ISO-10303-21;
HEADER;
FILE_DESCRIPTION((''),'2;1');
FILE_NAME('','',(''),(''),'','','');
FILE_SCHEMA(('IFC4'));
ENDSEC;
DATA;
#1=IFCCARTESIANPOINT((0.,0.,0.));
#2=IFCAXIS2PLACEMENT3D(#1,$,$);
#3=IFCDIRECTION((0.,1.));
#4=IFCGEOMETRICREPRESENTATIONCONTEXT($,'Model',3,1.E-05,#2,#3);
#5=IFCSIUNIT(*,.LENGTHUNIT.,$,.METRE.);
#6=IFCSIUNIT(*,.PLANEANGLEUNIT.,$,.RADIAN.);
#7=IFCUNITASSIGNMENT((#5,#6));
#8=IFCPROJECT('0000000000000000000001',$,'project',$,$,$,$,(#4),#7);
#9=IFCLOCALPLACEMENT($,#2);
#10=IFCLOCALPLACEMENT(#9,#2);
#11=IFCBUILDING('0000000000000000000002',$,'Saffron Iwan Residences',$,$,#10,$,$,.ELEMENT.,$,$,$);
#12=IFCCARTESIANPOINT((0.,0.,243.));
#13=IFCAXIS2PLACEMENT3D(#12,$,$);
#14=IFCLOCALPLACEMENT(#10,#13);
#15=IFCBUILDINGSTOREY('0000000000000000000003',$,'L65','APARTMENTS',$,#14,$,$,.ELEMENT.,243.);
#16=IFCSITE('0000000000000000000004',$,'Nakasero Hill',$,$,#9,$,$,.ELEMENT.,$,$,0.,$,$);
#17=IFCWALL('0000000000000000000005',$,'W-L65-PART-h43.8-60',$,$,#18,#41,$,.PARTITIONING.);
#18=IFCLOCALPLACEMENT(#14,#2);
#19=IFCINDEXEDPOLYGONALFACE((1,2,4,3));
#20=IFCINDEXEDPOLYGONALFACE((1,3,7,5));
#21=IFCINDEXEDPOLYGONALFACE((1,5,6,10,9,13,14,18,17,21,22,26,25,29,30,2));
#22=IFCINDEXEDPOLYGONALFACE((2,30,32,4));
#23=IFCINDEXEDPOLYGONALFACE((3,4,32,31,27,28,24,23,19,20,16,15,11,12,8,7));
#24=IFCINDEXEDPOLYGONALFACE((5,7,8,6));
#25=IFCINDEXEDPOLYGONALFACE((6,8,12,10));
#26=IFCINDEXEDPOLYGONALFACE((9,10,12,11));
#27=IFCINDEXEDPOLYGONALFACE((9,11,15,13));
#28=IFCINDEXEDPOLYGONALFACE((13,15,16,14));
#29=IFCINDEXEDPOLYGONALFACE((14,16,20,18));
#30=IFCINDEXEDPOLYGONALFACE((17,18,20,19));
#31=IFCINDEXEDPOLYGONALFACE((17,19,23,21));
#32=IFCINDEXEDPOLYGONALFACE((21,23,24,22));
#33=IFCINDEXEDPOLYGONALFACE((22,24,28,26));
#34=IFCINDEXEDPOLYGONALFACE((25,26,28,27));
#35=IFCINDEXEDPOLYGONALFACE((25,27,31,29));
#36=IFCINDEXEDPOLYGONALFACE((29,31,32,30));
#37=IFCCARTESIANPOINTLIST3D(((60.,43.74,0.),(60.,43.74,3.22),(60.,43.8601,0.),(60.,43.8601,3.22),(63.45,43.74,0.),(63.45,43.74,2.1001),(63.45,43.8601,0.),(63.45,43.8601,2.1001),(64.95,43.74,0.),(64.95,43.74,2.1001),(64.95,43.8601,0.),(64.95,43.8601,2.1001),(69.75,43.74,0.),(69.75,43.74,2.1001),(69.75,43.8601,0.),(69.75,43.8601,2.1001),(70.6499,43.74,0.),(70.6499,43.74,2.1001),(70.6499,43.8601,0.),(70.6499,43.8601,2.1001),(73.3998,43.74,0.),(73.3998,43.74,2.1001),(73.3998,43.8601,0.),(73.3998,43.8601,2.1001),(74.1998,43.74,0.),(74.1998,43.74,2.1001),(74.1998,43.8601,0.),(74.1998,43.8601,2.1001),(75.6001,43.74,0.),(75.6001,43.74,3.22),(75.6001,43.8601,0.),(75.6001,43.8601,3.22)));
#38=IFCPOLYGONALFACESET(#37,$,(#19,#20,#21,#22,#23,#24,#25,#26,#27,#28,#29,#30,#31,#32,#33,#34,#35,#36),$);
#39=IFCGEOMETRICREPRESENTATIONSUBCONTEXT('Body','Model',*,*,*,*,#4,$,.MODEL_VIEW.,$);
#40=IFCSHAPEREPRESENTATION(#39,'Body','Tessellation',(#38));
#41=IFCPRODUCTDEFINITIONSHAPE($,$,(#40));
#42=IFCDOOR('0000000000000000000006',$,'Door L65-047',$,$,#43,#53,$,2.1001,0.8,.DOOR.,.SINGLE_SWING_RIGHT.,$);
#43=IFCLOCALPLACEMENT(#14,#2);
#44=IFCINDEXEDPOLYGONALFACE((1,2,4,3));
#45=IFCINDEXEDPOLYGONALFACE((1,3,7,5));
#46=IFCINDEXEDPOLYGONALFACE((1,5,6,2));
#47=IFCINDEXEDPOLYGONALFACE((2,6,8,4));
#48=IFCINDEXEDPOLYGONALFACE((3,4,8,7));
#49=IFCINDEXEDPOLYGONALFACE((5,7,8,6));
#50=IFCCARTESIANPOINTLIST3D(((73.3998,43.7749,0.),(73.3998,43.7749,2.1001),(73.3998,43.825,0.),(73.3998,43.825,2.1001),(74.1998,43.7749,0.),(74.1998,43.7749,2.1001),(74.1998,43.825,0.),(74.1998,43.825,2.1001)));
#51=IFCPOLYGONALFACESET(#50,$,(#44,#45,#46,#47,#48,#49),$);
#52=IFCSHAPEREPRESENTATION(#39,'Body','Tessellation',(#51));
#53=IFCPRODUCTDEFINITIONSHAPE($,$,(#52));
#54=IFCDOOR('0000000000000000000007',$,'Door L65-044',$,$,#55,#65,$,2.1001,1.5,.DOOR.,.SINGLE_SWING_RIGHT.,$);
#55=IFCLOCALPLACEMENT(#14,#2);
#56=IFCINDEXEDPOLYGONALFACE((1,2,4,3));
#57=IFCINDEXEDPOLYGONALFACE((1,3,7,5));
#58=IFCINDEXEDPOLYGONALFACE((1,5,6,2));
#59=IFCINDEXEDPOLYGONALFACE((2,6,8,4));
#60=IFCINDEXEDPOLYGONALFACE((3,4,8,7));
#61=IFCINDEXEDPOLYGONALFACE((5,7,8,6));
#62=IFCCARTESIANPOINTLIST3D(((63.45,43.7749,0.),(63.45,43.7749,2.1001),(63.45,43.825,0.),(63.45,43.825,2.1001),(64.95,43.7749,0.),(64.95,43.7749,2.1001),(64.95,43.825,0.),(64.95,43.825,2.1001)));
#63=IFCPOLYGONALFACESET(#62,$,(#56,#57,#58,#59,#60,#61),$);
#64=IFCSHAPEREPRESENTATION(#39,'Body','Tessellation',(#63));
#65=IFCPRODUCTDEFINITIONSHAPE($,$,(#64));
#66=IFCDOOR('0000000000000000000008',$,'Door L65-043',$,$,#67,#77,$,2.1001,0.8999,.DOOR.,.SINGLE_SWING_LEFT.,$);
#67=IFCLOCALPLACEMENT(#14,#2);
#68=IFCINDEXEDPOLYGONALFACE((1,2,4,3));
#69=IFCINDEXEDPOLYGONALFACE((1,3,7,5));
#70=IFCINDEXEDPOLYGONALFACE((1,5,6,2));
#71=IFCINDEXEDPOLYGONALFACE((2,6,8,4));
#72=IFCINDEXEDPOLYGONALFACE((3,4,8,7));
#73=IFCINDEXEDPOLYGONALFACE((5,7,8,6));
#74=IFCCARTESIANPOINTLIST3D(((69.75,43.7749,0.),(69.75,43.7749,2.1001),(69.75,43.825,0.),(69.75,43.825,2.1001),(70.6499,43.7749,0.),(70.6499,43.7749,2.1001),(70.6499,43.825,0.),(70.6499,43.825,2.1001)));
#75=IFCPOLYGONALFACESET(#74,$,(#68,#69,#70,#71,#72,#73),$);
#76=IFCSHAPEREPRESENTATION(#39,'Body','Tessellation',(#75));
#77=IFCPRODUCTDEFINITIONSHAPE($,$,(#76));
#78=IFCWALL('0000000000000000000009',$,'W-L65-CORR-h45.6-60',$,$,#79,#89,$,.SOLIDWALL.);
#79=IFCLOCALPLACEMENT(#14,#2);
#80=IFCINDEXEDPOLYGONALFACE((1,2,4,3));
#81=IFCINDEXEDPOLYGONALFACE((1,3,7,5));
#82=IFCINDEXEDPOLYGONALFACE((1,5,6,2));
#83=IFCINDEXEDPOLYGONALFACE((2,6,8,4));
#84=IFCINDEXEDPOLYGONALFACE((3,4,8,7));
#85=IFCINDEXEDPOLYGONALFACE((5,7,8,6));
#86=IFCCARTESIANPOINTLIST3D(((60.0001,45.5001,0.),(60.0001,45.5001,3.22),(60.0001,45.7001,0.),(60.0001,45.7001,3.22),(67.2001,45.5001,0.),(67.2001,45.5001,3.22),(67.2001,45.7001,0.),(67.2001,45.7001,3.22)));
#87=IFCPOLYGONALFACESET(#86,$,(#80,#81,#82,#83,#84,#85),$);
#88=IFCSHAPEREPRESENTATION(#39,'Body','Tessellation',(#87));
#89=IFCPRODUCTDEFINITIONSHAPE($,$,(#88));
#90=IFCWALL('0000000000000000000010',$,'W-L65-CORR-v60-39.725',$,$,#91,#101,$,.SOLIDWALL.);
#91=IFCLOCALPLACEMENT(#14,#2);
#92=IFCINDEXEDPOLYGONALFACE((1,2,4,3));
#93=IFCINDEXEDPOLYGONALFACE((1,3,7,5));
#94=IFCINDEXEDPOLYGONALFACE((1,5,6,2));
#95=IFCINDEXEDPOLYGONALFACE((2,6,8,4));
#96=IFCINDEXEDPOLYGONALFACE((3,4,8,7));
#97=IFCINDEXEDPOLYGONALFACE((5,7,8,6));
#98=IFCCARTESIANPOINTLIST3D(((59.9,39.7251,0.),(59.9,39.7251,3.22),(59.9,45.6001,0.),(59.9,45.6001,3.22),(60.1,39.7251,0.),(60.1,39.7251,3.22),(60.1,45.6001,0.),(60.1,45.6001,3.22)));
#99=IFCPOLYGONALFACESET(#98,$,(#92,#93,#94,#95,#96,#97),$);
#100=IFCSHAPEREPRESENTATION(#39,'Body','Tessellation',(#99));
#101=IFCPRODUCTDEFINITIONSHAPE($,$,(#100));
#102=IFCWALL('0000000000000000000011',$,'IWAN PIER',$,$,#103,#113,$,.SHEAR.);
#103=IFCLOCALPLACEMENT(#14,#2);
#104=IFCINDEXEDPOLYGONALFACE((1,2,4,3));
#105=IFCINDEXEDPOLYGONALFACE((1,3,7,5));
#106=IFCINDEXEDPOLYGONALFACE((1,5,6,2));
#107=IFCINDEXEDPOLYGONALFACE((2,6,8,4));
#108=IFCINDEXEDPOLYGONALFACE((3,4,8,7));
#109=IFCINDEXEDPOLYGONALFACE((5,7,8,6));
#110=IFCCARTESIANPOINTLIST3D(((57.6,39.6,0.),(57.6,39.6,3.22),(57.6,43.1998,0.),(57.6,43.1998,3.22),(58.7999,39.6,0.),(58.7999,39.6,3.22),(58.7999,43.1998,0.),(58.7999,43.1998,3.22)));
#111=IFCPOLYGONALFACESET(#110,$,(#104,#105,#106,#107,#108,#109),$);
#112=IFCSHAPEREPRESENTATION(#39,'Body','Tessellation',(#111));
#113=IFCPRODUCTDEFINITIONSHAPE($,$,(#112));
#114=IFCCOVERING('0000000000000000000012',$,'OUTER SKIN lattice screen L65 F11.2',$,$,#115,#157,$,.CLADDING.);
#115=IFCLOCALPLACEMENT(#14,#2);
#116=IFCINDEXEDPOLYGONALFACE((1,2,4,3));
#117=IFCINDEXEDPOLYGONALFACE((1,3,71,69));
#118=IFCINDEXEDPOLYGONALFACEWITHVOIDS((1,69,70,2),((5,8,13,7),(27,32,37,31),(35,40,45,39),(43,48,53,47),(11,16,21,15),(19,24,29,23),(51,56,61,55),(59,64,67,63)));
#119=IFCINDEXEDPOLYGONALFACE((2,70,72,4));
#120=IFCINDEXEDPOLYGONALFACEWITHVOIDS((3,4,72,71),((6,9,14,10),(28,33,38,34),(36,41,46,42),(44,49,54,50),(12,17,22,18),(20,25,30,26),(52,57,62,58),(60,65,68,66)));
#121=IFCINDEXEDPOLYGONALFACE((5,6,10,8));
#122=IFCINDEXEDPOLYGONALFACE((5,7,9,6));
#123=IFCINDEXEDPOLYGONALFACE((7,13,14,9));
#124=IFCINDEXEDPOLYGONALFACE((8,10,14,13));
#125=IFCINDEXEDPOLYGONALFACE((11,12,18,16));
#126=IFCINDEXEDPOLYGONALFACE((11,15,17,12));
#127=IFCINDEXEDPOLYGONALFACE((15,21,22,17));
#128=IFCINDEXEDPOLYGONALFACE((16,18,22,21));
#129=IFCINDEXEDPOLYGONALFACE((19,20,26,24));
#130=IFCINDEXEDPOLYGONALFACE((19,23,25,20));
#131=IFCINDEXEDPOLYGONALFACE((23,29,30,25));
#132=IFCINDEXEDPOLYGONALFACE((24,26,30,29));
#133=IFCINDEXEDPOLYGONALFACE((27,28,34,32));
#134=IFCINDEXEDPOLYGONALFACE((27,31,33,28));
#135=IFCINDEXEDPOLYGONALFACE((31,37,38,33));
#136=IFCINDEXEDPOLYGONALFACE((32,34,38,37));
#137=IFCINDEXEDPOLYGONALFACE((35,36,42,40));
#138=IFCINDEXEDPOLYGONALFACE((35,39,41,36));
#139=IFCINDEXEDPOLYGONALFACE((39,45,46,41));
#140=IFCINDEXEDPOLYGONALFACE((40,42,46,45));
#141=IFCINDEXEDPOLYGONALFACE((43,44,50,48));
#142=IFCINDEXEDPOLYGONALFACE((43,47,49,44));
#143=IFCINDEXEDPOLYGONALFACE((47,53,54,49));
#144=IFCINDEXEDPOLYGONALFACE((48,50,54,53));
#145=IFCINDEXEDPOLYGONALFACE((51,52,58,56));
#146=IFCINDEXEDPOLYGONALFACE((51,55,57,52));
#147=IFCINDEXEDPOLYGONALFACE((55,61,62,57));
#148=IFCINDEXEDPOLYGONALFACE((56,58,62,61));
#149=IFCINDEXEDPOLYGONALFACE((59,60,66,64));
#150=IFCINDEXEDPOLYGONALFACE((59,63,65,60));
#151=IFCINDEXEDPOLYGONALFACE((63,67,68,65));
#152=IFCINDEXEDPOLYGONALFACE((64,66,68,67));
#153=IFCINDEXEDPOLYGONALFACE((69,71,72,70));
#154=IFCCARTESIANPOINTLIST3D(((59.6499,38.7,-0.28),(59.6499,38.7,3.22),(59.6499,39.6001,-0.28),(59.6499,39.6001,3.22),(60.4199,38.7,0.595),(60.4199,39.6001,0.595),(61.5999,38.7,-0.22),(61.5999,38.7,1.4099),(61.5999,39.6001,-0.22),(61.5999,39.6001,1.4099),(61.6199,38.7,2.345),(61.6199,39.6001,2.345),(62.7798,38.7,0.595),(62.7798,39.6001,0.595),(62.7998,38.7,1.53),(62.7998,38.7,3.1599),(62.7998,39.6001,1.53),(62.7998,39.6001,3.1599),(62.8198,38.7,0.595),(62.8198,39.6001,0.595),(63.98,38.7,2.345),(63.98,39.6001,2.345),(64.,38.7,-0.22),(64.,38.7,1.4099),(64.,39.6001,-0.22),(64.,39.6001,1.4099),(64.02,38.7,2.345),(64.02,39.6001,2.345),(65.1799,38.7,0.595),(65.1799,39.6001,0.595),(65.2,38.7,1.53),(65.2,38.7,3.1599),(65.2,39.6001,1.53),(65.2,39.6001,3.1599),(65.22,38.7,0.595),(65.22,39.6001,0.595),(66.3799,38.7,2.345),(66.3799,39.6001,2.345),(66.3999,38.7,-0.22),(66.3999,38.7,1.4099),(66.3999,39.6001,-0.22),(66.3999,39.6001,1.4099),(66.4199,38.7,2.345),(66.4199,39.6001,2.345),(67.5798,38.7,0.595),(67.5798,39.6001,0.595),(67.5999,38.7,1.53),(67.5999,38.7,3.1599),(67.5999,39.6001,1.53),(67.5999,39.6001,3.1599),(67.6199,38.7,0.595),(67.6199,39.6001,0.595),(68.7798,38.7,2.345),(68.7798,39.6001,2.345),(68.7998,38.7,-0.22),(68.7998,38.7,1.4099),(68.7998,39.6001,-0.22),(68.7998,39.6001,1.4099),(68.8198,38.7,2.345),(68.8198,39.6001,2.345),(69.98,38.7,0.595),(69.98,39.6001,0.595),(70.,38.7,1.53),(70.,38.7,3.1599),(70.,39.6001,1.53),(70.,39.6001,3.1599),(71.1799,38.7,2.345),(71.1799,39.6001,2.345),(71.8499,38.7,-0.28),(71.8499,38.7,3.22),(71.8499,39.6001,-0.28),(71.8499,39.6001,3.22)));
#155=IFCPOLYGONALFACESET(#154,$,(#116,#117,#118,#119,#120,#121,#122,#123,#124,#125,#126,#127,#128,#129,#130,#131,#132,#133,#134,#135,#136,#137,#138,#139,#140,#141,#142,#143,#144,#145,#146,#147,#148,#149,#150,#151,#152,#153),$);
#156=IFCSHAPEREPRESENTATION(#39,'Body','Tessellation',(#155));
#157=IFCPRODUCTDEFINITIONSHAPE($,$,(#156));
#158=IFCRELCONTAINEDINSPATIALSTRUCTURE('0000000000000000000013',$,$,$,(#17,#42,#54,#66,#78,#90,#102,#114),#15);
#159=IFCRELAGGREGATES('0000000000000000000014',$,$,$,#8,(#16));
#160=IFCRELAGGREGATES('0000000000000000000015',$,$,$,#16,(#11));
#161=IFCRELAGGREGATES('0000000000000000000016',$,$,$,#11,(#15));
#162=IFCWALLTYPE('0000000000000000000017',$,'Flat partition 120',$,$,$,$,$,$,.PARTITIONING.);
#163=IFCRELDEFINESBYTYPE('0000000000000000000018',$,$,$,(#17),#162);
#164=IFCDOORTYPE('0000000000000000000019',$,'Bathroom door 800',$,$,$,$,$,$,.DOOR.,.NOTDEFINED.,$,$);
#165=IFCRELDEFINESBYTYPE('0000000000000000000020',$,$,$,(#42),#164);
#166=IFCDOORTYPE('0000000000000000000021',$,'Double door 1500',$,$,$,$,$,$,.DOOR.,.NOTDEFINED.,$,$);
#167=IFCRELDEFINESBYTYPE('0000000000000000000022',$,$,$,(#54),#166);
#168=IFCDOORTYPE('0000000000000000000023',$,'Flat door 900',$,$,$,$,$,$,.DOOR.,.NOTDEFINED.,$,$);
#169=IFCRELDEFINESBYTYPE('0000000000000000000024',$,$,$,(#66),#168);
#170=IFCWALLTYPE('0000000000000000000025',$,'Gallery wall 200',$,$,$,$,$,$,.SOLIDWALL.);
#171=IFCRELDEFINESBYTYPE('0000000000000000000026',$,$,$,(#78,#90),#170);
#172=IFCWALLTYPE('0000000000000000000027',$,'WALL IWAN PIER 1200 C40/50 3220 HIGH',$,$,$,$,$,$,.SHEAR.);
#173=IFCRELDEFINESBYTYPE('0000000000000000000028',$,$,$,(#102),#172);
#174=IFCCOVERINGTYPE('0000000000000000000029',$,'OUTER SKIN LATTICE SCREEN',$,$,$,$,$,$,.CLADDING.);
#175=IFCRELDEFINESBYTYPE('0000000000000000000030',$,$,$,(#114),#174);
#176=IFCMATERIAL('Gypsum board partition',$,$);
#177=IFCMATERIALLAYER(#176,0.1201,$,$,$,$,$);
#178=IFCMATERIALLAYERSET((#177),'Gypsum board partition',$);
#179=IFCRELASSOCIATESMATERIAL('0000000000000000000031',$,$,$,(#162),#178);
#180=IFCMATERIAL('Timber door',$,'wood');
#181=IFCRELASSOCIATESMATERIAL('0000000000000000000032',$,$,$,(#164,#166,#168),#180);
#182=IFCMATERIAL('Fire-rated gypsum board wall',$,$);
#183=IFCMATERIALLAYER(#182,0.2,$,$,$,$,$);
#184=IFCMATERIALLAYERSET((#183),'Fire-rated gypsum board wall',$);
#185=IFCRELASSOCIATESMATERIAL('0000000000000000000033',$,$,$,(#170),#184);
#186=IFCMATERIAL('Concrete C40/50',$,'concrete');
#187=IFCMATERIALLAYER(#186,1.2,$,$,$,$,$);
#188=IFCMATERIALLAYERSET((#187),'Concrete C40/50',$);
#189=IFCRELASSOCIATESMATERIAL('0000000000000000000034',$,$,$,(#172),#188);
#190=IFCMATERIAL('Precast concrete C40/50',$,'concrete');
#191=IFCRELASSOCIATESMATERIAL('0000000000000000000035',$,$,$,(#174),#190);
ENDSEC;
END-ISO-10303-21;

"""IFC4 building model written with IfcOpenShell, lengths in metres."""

from ifc_helpers import new_model, si_unit, direction, frame, frame_2d, origin, place, context, subcontext, project, spatial, polyline, rectangle, outline, extrude, material, layer, layer_set, type_object, element, fill, save


model = new_model("IFC4")

# Units and contexts
model_context = context("Model", 3, precision=1e-05, world=origin(), true_north=direction((0.0, 1.0)))
body_context = subcontext(model_context, "Body", "Model", "MODEL_VIEW")
ifc_project = project(units=[si_unit("LENGTHUNIT", "METRE"), si_unit("PLANEANGLEUNIT", "RADIAN")], contexts=[model_context])

# Site, building, storey
site_placement = place(None, origin())
site = spatial("IfcSite", under=ifc_project, at=site_placement, Name="Nakasero Hill", CompositionType="ELEMENT", RefElevation=0.0)
building_placement = place(site_placement, origin())
building = spatial("IfcBuilding", under=site, at=building_placement, Name="Saffron Iwan Residences", CompositionType="ELEMENT")
storey_placement = place(building_placement, frame((0.0, 0.0, 243.0)))
storey = spatial("IfcBuildingStorey", under=building, at=storey_placement, Name="L65", Description="APARTMENTS", CompositionType="ELEMENT", Elevation=243.0)

# Shared definitions
ifc_material_1 = material(Name="Concrete C40/50", Category="concrete")

# Wall, openings, doors
ifc_material_2 = material(Name="Gypsum board partition")
ifc_layer_1 = layer(ifc_material_2, 0.1201)
ifc_layer_set_1 = layer_set([ifc_layer_1], Name="Gypsum board partition")
wall_type_1 = type_object("IfcWallType", Name="Flat partition 120", PredefinedType="PARTITIONING", material=ifc_layer_set_1)
wall_1_placement = place(storey_placement, frame((60.0, 43.8, 0.0), z_axis=(0.0, 0.0, 1.0), x_axis=(1.0, 0.0, 0.0)))
wall_1 = element("IfcWall", 1, at=wall_1_placement, inside=storey, type_object=wall_type_1, Name="W-L65-PART-h43.8-60", PredefinedType="PARTITIONING", context=body_context, shape_type="SweptSolid", body=[
    extrude(rectangle(XDim=15.6001, YDim=0.1201, at=frame_2d((7.8, 0.0))), origin(), (0.0, 0.0, 1.0), 3.22),
])
opening_1_placement = place(wall_1_placement, frame((9.75, 0.0, 0.0)))
opening_1 = element("IfcOpeningElement", 2, at=opening_1_placement, cuts=wall_1, PredefinedType="OPENING", context=body_context, shape_type="SweptSolid", body=[
    extrude(rectangle(XDim=0.8999, YDim=2.1001, at=frame_2d((0.45, 1.05))), frame((0.0, 0.0701, 0.0), z_axis=(0.0, -1.0, 0.0), x_axis=(1.0, 0.0, 0.0)), (0.0, 0.0, 1.0), 0.1401),
])
opening_2_placement = place(wall_1_placement, frame((3.45, 0.0, 0.0)))
opening_2 = element("IfcOpeningElement", 3, at=opening_2_placement, cuts=wall_1, PredefinedType="OPENING", context=body_context, shape_type="SweptSolid", body=[
    extrude(rectangle(XDim=1.5, YDim=2.1001, at=frame_2d((0.75, 1.05))), frame((0.0, 0.0701, 0.0), z_axis=(0.0, -1.0, 0.0), x_axis=(1.0, 0.0, 0.0)), (0.0, 0.0, 1.0), 0.1401),
])
opening_3_placement = place(wall_1_placement, frame((13.3999, 0.0, 0.0)))
opening_3 = element("IfcOpeningElement", 4, at=opening_3_placement, cuts=wall_1, PredefinedType="OPENING", context=body_context, shape_type="SweptSolid", body=[
    extrude(rectangle(XDim=0.8, YDim=2.1001, at=frame_2d((0.3999, 1.05))), frame((0.0, 0.0701, 0.0), z_axis=(0.0, -1.0, 0.0), x_axis=(1.0, 0.0, 0.0)), (0.0, 0.0, 1.0), 0.1401),
])
ifc_material_3 = material(Name="Timber door", Category="wood")
door_type_1 = type_object("IfcDoorType", Name="Bathroom door 800", OperationType="NOTDEFINED", PredefinedType="DOOR", material=ifc_material_3)
door_1_placement = place(opening_3_placement, origin())
door_1 = element("IfcDoor", 5, at=door_1_placement, inside=storey, type_object=door_type_1, Name="Door L65-047", OperationType="SINGLE_SWING_RIGHT", OverallHeight=2.1001, OverallWidth=0.8, PredefinedType="DOOR", context=body_context, shape_type="SweptSolid", body=[
    extrude(rectangle(XDim=0.8, YDim=2.1001, at=frame_2d((0.3999, 1.05))), frame((0.0, 0.0249, 0.0), z_axis=(0.0, -1.0, 0.0), x_axis=(1.0, 0.0, 0.0)), (0.0, 0.0, 1.0), 0.05),
])
fill(opening_3, door_1)
door_type_2 = type_object("IfcDoorType", Name="Double door 1500", OperationType="NOTDEFINED", PredefinedType="DOOR", material=ifc_material_3)
door_2_placement = place(opening_2_placement, origin())
door_2 = element("IfcDoor", 6, at=door_2_placement, inside=storey, type_object=door_type_2, Name="Door L65-044", OperationType="SINGLE_SWING_RIGHT", OverallHeight=2.1001, OverallWidth=1.5, PredefinedType="DOOR", context=body_context, shape_type="SweptSolid", body=[
    extrude(rectangle(XDim=1.5, YDim=2.1001, at=frame_2d((0.75, 1.05))), frame((0.0, 0.0249, 0.0), z_axis=(0.0, -1.0, 0.0), x_axis=(1.0, 0.0, 0.0)), (0.0, 0.0, 1.0), 0.05),
])
fill(opening_2, door_2)
door_type_3 = type_object("IfcDoorType", Name="Flat door 900", OperationType="NOTDEFINED", PredefinedType="DOOR", material=ifc_material_3)
door_3_placement = place(opening_1_placement, origin())
door_3 = element("IfcDoor", 7, at=door_3_placement, inside=storey, type_object=door_type_3, Name="Door L65-043", OperationType="SINGLE_SWING_LEFT", OverallHeight=2.1001, OverallWidth=0.8999, PredefinedType="DOOR", context=body_context, shape_type="SweptSolid", body=[
    extrude(rectangle(XDim=0.8999, YDim=2.1001, at=frame_2d((0.45, 1.05))), frame((0.0, 0.0249, 0.0), z_axis=(0.0, -1.0, 0.0), x_axis=(1.0, 0.0, 0.0)), (0.0, 0.0, 1.0), 0.05),
])
fill(opening_1, door_3)

# Walls
ifc_material_4 = material(Name="Fire-rated gypsum board wall")
ifc_layer_2 = layer(ifc_material_4, 0.2)
ifc_layer_set_2 = layer_set([ifc_layer_2], Name="Fire-rated gypsum board wall")
wall_type_2 = type_object("IfcWallType", Name="Gallery wall 200", PredefinedType="SOLIDWALL", material=ifc_layer_set_2)
wall_2_placement = place(storey_placement, frame((60.0, 45.6001, 0.0), z_axis=(0.0, 0.0, 1.0), x_axis=(1.0, 0.0, 0.0)))
element("IfcWall", 8, at=wall_2_placement, inside=storey, type_object=wall_type_2, Name="W-L65-CORR-h45.6-60", PredefinedType="SOLIDWALL", context=body_context, shape_type="SweptSolid", body=[
    extrude(rectangle(XDim=7.2, YDim=0.2, at=frame_2d((3.6001, 0.0))), origin(), (0.0, 0.0, 1.0), 3.22),
])
wall_3_placement = place(storey_placement, frame((60.0, 39.7251, 0.0), z_axis=(0.0, 0.0, 1.0), x_axis=(0.0, 1.0, 0.0)))
element("IfcWall", 9, at=wall_3_placement, inside=storey, type_object=wall_type_2, Name="W-L65-CORR-v60-39.725", PredefinedType="SOLIDWALL", context=body_context, shape_type="SweptSolid", body=[
    extrude(rectangle(XDim=5.875, YDim=0.2, at=frame_2d((2.9375, 0.0))), origin(), (0.0, 0.0, 1.0), 3.22),
])
ifc_layer_3 = layer(ifc_material_1, 1.2)
ifc_layer_set_3 = layer_set([ifc_layer_3], Name="Concrete C40/50")
wall_type_3 = type_object("IfcWallType", Name="WALL IWAN PIER 1200 C40/50 3220 HIGH", PredefinedType="SHEAR", material=ifc_layer_set_3)
wall_4_placement = place(storey_placement, frame((58.2, 39.6001, 0.0), z_axis=(0.0, 0.0, 1.0), x_axis=(0.0, 1.0, 0.0)))
element("IfcWall", 10, at=wall_4_placement, inside=storey, type_object=wall_type_3, Name="IWAN PIER", PredefinedType="SHEAR", context=body_context, shape_type="SweptSolid", body=[
    extrude(rectangle(XDim=3.5999, YDim=1.2, at=frame_2d((1.7998, 0.0))), origin(), (0.0, 0.0, 1.0), 3.22),
])

# Covering
ifc_material_5 = material(Name="Precast concrete C40/50", Category="concrete")
covering_type = type_object("IfcCoveringType", Name="OUTER SKIN LATTICE SCREEN", PredefinedType="CLADDING", material=ifc_material_5)
covering_placement = place(storey_placement, frame((59.6499, 39.6001, -0.28), z_axis=(0.0, -1.0, 0.0), x_axis=(1.0, 0.0, 0.0)))
element("IfcCovering", 11, at=covering_placement, inside=storey, type_object=covering_type, Name="OUTER SKIN lattice screen L65 F11.2", PredefinedType="CLADDING", context=body_context, shape_type="SweptSolid", body=[
    extrude(outline(polyline([(0.0, 0.0), (12.2, 0.0), (12.2, 3.5), (0.0, 3.5), (0.0, 0.0)]), holes=[polyline([(0.77, 0.875), (1.95, 0.0601), (3.1299, 0.875), (1.95, 1.6899), (0.77, 0.875)]), polyline([(3.1699, 0.875), (4.3501, 0.0601), (5.53, 0.875), (4.3501, 1.6899), (3.1699, 0.875)]), polyline([(5.5701, 0.875), (6.75, 0.0601), (7.9299, 0.875), (6.75, 1.6899), (5.5701, 0.875)]), polyline([(7.97, 0.875), (9.1499, 0.0601), (10.3301, 0.875), (9.1499, 1.6899), (7.97, 0.875)]), polyline([(1.97, 2.625), (3.1499, 1.8101), (4.3301, 2.625), (3.1499, 3.4399), (1.97, 2.625)]), polyline([(4.3701, 2.625), (5.55, 1.8101), (6.73, 2.625), (5.55, 3.4399), (4.3701, 2.625)]), polyline([(6.77, 2.625), (7.95, 1.8101), (9.1299, 2.625), (7.95, 3.4399), (6.77, 2.625)]), polyline([(9.1699, 2.625), (10.3501, 1.8101), (11.53, 2.625), (10.3501, 3.4399), (9.1699, 2.625)])]), origin(), (0.0, 0.0, 1.0), 0.9001),
])

save(model, "model.ifc")
